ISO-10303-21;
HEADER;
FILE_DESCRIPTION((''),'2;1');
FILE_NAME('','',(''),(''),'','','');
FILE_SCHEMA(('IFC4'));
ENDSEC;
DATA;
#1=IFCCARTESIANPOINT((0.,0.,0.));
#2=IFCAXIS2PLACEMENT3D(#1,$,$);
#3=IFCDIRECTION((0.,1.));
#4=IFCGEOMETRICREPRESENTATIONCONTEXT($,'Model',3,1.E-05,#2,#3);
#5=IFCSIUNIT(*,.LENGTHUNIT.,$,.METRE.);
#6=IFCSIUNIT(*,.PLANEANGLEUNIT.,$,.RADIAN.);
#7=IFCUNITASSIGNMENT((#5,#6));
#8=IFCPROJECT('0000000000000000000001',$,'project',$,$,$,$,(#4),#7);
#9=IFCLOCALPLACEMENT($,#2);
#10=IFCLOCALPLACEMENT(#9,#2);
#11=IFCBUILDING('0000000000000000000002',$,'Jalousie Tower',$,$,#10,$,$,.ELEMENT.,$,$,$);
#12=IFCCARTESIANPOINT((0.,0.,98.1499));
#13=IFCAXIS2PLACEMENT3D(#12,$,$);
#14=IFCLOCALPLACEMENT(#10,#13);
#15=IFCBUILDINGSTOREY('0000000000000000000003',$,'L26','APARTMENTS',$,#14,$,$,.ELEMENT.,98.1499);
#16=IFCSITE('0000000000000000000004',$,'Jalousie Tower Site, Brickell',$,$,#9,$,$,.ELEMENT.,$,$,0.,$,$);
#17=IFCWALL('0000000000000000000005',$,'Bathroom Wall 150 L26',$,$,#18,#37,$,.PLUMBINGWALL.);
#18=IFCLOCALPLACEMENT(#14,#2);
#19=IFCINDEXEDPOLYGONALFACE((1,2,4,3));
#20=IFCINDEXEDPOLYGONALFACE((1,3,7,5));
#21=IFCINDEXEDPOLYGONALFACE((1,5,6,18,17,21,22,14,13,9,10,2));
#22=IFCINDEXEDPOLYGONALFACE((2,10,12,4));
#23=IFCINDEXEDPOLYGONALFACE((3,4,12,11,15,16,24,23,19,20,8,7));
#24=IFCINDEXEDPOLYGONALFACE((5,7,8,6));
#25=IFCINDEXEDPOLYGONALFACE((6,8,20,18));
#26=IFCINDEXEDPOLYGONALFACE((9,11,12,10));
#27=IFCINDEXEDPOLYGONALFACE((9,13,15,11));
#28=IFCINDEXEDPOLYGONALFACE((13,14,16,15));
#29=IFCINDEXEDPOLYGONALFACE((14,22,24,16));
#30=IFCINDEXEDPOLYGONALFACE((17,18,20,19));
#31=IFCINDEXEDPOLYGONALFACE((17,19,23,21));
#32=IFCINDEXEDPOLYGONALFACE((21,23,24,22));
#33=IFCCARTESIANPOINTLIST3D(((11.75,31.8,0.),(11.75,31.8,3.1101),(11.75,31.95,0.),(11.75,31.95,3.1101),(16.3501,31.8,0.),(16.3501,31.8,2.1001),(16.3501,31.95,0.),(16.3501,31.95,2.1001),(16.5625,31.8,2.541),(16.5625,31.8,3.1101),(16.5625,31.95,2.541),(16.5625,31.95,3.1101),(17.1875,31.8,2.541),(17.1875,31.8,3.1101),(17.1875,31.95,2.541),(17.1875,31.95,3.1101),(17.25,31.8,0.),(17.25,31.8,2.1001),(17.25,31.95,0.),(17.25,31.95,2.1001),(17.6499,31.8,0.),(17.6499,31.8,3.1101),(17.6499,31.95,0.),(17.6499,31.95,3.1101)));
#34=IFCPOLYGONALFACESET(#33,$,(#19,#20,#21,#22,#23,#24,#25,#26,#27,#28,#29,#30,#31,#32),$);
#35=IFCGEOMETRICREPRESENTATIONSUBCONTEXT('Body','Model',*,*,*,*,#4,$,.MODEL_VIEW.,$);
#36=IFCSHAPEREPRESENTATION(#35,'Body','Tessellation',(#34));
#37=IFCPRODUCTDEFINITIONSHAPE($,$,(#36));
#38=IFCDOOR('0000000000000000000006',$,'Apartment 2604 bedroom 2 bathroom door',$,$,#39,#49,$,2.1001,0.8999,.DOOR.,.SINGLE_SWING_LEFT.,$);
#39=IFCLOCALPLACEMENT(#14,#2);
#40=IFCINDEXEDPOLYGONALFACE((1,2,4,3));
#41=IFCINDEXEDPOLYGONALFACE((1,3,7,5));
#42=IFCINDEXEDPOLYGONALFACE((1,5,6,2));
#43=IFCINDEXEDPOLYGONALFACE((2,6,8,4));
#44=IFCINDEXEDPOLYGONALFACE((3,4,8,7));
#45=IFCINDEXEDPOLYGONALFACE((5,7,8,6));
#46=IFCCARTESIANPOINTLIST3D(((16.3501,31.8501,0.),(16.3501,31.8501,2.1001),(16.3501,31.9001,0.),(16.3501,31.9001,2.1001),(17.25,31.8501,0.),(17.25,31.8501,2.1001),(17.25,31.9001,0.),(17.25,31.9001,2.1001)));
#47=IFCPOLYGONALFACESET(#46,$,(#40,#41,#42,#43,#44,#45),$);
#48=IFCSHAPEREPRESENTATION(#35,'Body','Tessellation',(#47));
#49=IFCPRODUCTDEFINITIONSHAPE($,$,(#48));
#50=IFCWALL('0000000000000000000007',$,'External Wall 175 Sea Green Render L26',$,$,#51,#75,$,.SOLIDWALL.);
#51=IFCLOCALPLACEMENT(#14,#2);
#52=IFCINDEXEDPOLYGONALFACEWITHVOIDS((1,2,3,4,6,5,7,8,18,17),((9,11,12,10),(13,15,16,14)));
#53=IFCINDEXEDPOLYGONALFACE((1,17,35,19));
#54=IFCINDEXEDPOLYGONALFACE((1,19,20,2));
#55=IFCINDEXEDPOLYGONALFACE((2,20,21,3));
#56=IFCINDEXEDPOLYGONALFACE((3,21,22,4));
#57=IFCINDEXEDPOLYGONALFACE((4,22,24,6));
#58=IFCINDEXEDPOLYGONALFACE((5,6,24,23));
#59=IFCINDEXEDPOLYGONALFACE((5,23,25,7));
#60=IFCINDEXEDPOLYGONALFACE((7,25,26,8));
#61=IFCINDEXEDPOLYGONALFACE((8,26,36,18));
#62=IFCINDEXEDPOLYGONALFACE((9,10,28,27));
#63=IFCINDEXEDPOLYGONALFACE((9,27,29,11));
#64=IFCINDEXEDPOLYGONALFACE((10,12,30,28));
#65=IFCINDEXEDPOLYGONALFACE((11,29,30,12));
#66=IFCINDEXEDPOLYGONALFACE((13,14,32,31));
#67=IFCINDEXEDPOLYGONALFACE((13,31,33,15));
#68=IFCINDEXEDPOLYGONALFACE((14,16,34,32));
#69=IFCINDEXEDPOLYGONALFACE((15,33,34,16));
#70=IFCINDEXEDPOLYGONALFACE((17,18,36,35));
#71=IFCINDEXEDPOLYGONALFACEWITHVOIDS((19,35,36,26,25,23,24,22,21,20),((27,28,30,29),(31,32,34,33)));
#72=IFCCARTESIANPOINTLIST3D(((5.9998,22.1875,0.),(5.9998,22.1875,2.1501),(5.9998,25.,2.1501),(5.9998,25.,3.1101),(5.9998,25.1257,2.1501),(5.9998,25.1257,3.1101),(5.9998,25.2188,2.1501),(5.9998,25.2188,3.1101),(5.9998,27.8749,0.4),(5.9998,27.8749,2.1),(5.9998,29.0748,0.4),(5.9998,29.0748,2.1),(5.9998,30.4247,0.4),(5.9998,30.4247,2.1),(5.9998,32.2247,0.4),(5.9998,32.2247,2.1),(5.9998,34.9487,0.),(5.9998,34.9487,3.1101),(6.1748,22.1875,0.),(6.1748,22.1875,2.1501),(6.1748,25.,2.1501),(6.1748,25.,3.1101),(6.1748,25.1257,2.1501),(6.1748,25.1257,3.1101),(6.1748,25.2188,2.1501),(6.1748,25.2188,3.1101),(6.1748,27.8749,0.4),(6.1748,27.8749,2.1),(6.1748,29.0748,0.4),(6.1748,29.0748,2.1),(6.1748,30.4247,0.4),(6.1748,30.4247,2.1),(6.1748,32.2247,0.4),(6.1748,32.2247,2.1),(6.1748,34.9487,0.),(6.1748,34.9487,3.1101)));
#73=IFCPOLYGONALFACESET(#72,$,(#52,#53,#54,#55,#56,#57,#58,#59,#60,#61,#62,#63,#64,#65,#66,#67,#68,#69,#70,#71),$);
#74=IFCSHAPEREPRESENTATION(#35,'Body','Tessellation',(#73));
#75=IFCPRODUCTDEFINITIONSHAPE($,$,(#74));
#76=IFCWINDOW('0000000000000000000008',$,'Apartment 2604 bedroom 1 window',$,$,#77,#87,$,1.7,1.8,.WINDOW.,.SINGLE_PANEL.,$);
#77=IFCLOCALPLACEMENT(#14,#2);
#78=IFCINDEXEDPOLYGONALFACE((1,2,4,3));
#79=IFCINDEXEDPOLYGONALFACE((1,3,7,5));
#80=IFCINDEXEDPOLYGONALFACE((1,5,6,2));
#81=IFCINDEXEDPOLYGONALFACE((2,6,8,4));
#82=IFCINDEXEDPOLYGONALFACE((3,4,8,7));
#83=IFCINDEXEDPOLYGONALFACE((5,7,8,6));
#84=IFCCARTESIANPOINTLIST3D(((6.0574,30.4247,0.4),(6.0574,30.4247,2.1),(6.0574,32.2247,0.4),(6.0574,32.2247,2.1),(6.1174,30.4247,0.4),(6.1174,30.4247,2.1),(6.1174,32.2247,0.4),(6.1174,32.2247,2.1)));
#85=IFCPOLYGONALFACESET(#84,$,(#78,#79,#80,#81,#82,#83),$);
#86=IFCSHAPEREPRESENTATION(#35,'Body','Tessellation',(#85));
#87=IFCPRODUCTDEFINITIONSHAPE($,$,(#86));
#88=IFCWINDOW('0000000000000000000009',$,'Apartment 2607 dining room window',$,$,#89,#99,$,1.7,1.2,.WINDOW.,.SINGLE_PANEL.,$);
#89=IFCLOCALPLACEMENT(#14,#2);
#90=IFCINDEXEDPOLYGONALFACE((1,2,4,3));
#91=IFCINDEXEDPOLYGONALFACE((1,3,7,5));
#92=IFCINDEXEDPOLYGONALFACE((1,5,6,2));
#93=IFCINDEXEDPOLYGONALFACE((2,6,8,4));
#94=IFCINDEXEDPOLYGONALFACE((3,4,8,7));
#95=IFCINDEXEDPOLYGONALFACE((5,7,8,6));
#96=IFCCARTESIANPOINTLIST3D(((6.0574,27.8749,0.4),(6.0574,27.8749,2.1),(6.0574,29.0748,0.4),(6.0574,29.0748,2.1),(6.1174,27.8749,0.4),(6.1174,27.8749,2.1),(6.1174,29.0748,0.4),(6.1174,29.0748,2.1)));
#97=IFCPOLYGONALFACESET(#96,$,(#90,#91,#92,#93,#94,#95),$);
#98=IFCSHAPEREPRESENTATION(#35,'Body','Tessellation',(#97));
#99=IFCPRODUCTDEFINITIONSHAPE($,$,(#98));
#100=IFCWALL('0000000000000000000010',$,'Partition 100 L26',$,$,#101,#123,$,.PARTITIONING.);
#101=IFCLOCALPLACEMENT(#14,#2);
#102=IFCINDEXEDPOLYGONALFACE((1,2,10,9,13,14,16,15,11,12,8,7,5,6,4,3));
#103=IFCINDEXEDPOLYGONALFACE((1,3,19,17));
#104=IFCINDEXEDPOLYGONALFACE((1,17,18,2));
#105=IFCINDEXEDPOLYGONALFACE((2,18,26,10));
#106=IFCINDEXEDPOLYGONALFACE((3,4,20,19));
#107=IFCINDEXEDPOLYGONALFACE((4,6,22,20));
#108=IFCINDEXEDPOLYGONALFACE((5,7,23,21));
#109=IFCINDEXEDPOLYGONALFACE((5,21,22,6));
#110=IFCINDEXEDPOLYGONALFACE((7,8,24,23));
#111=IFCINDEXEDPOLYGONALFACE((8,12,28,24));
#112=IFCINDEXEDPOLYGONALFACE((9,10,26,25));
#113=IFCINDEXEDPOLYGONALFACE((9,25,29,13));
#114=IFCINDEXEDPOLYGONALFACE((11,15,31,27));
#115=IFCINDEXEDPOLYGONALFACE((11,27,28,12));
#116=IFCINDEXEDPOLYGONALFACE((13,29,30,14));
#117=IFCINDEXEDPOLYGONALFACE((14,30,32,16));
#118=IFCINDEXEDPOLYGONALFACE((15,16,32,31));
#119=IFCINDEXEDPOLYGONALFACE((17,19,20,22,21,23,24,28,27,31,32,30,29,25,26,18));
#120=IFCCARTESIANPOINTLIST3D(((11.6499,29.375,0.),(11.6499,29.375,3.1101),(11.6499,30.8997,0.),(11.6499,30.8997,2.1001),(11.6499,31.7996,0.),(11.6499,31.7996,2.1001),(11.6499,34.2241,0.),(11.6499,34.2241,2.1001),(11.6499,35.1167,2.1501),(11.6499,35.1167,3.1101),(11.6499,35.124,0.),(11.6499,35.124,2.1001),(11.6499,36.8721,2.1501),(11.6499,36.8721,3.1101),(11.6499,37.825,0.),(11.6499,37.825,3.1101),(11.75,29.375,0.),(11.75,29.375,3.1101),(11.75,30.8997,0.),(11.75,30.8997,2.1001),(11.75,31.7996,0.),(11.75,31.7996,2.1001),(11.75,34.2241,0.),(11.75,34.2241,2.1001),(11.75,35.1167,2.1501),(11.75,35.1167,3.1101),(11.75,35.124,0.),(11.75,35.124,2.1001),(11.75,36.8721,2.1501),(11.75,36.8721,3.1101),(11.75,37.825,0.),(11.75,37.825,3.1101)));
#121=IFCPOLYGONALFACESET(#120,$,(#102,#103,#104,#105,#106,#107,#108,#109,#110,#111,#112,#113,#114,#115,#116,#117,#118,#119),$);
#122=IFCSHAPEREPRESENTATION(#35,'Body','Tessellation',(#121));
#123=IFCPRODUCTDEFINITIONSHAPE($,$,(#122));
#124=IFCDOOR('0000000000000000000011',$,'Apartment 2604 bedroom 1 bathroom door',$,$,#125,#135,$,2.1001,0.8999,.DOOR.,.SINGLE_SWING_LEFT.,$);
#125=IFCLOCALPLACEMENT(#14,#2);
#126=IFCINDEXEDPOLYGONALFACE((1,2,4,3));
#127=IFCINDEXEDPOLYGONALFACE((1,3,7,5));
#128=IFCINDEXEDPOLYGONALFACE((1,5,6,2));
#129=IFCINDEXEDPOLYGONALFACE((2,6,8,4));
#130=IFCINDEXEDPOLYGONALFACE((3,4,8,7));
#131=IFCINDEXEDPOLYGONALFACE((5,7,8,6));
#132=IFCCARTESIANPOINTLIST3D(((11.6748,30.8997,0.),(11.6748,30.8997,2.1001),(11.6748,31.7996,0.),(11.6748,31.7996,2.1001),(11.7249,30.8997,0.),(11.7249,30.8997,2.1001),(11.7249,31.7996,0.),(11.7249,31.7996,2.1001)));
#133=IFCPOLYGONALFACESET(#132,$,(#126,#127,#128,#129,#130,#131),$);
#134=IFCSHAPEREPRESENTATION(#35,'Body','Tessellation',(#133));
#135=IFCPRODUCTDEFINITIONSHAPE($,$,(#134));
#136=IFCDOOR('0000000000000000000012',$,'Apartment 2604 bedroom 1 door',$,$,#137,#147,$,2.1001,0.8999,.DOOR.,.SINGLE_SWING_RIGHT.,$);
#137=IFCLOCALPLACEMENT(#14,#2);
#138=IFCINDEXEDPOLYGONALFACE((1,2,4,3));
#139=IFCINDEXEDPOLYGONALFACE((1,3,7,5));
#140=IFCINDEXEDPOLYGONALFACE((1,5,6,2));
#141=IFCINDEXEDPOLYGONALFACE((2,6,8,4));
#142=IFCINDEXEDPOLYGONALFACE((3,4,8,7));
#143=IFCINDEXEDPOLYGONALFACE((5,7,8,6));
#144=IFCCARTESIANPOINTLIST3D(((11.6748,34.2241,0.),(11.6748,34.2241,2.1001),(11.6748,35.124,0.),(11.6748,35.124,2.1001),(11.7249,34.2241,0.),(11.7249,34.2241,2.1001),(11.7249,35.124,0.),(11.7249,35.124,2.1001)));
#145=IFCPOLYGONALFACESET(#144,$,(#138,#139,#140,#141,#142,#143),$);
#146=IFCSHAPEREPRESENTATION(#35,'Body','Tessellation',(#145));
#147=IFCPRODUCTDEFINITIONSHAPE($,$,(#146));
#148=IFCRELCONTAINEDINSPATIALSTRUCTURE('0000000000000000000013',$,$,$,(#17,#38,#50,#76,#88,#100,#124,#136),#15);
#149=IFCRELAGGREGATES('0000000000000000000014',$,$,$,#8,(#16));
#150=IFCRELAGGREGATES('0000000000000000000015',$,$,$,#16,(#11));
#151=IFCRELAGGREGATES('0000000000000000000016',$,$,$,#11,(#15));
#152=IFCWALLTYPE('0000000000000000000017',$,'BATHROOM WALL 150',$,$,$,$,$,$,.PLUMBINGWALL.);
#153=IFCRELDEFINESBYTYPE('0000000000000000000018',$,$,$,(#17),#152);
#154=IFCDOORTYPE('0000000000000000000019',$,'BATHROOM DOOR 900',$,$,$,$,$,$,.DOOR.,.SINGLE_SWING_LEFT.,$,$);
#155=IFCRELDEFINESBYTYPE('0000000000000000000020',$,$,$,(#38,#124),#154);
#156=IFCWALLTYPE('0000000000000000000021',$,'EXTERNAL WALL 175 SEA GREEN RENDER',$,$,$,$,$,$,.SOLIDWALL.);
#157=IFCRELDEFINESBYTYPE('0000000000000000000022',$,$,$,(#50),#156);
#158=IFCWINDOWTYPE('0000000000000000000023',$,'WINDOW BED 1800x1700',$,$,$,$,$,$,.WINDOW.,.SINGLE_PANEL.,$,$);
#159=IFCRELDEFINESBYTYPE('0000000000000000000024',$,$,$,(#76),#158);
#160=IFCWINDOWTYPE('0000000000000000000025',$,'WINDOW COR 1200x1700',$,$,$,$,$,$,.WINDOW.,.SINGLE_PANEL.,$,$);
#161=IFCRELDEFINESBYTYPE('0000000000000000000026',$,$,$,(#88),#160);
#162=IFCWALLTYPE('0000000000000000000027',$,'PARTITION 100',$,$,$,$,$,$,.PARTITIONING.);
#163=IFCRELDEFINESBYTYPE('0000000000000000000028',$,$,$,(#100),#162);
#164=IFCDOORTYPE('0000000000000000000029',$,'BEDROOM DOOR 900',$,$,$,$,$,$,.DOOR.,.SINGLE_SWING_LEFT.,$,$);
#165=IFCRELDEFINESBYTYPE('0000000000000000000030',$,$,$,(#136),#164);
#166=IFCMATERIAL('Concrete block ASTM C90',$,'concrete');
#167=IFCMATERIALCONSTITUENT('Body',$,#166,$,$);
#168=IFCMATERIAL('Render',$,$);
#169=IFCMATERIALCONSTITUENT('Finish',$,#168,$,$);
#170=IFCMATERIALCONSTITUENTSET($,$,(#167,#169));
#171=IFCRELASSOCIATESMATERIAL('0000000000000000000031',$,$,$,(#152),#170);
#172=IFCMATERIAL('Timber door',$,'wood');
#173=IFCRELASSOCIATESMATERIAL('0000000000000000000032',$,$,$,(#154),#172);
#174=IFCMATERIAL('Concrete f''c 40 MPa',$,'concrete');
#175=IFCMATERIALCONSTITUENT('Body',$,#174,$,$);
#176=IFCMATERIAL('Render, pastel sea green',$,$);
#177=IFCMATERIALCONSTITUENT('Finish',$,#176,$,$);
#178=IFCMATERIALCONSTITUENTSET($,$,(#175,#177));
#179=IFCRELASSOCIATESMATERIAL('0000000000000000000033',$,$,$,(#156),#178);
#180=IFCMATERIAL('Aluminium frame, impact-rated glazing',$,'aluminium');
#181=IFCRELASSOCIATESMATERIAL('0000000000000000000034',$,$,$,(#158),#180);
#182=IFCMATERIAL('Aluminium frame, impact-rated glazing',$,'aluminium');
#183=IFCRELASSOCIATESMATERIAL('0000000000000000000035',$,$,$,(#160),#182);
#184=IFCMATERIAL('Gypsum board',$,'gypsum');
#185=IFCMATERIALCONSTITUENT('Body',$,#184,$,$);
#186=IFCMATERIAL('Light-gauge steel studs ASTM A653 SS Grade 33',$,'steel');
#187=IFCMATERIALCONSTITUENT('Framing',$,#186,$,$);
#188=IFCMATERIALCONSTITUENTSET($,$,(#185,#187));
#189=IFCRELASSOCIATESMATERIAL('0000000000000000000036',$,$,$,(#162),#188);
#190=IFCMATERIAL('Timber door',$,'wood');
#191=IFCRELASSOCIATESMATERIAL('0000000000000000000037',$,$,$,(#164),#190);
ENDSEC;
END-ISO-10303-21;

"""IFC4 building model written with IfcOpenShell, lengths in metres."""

from ifc_helpers import new_model, si_unit, direction, frame, frame_2d, origin, place, context, subcontext, project, spatial, polyline, rectangle, outline, extrude, material, constituent, constituent_set, type_object, element, fill, save


model = new_model("IFC4")

# Units and contexts
model_context = context("Model", 3, precision=1e-05, world=origin(), true_north=direction((0.0, 1.0)))
body_context = subcontext(model_context, "Body", "Model", "MODEL_VIEW")
ifc_project = project(units=[si_unit("LENGTHUNIT", "METRE"), si_unit("PLANEANGLEUNIT", "RADIAN")], contexts=[model_context])

# Site, building, storey
site_placement = place(None, origin())
site = spatial("IfcSite", under=ifc_project, at=site_placement, Name="Jalousie Tower Site, Brickell", CompositionType="ELEMENT", RefElevation=0.0)
building_placement = place(site_placement, origin())
building = spatial("IfcBuilding", under=site, at=building_placement, Name="Jalousie Tower", CompositionType="ELEMENT")
storey_placement = place(building_placement, frame((0.0, 0.0, 98.1499)))
storey = spatial("IfcBuildingStorey", under=building, at=storey_placement, Name="L26", Description="APARTMENTS", CompositionType="ELEMENT", Elevation=98.1499)

# Wall, opening, door
ifc_material_1 = material(Name="Concrete block ASTM C90", Category="concrete")
ifc_constituent_1 = constituent(ifc_material_1, Name="Body")
ifc_material_2 = material(Name="Render")
ifc_constituent_2 = constituent(ifc_material_2, Name="Finish")
ifc_constituent_set_1 = constituent_set(constituents=[ifc_constituent_1, ifc_constituent_2])
wall_type_1 = type_object("IfcWallType", Name="BATHROOM WALL 150", PredefinedType="PLUMBINGWALL", material=ifc_constituent_set_1)
wall_1_placement = place(storey_placement, frame((11.75, 31.875, 0.0), z_axis=(0.0, 0.0, 1.0), x_axis=(1.0, 0.0, 0.0)))
wall_1 = element("IfcWall", 1, at=wall_1_placement, inside=storey, type_object=wall_type_1, Name="Bathroom Wall 150 L26", PredefinedType="PLUMBINGWALL", context=body_context, shape_type="SweptSolid", body=[
    extrude(outline(polyline([(0.0, 0.0), (5.8999, 0.0), (5.8999, 3.1101), (5.4375, 3.1101), (5.4375, 2.541), (4.8125, 2.541), (4.8125, 3.1101), (0.0, 3.1101), (0.0, 0.0)])), frame((0.0, 0.075, 0.0), z_axis=(0.0, -1.0, 0.0), x_axis=(1.0, 0.0, 0.0)), (0.0, 0.0, 1.0), 0.1499),
])
opening_1_placement = place(wall_1_placement, frame((4.6001, 0.0, 0.0)))
opening_1 = element("IfcOpeningElement", 2, at=opening_1_placement, cuts=wall_1, PredefinedType="OPENING", context=body_context, shape_type="SweptSolid", body=[
    extrude(rectangle(XDim=0.8999, YDim=2.1001, at=frame_2d((0.45, 1.05))), frame((0.0, 0.085, 0.0), z_axis=(0.0, -1.0, 0.0), x_axis=(1.0, 0.0, 0.0)), (0.0, 0.0, 1.0), 0.1699),
])
ifc_material_3 = material(Name="Timber door", Category="wood")
door_type_1 = type_object("IfcDoorType", Name="BATHROOM DOOR 900", OperationType="SINGLE_SWING_LEFT", PredefinedType="DOOR", material=ifc_material_3)
door_1_placement = place(opening_1_placement, frame((0.8999, 0.0, 0.0), z_axis=(0.0, 0.0, 1.0), x_axis=(-1.0, 0.0, 0.0)))
door_1 = element("IfcDoor", 3, at=door_1_placement, inside=storey, type_object=door_type_1, Name="Apartment 2604 bedroom 2 bathroom door", OperationType="SINGLE_SWING_LEFT", OverallHeight=2.1001, OverallWidth=0.8999, PredefinedType="DOOR", context=body_context, shape_type="SweptSolid", body=[
    extrude(rectangle(XDim=0.8999, YDim=2.1001, at=frame_2d((0.45, 1.05))), frame((0.0, 0.0249, 0.0), z_axis=(0.0, -1.0, 0.0), x_axis=(1.0, 0.0, 0.0)), (0.0, 0.0, 1.0), 0.05),
])
fill(opening_1, door_1)

# Wall, openings, windows
ifc_material_4 = material(Name="Concrete f'c 40 MPa", Category="concrete")
ifc_constituent_3 = constituent(ifc_material_4, Name="Body")
ifc_material_5 = material(Name="Render, pastel sea green")
ifc_constituent_4 = constituent(ifc_material_5, Name="Finish")
ifc_constituent_set_2 = constituent_set(constituents=[ifc_constituent_3, ifc_constituent_4])
wall_type_2 = type_object("IfcWallType", Name="EXTERNAL WALL 175 SEA GREEN RENDER", PredefinedType="SOLIDWALL", material=ifc_constituent_set_2)
wall_2_placement = place(storey_placement, frame((6.0874, 34.9487, 0.0), z_axis=(0.0, 0.0, 1.0), x_axis=(0.0, -1.0, 0.0)))
wall_2 = element("IfcWall", 4, at=wall_2_placement, inside=storey, type_object=wall_type_2, Name="External Wall 175 Sea Green Render L26", PredefinedType="SOLIDWALL", context=body_context, shape_type="SweptSolid", body=[
    extrude(outline(polyline([(0.0, 0.0), (12.7612, 0.0), (12.7612, 2.1501), (9.9487, 2.1501), (9.9487, 3.1101), (9.823, 3.1101), (9.823, 2.1501), (9.73, 2.1501), (9.73, 3.1101), (0.0, 3.1101), (0.0, 0.0)])), frame((0.0, 0.0874, 0.0), z_axis=(0.0, -1.0, 0.0), x_axis=(1.0, 0.0, 0.0)), (0.0, 0.0, 1.0), 0.175),
])
opening_2_placement = place(wall_2_placement, frame((2.7241, 0.0, 0.3999)))
opening_2 = element("IfcOpeningElement", 5, at=opening_2_placement, cuts=wall_2, PredefinedType="OPENING", context=body_context, shape_type="SweptSolid", body=[
    extrude(rectangle(XDim=1.8, YDim=1.7, at=frame_2d((0.8999, 0.8501))), frame((0.0, 0.0974, 0.0), z_axis=(0.0, -1.0, 0.0), x_axis=(1.0, 0.0, 0.0)), (0.0, 0.0, 1.0), 0.1951),
])
opening_3_placement = place(wall_2_placement, frame((5.8738, 0.0, 0.3999)))
opening_3 = element("IfcOpeningElement", 6, at=opening_3_placement, cuts=wall_2, PredefinedType="OPENING", context=body_context, shape_type="SweptSolid", body=[
    extrude(rectangle(XDim=1.2, YDim=1.7, at=frame_2d((0.6001, 0.8501))), frame((0.0, 0.0974, 0.0), z_axis=(0.0, -1.0, 0.0), x_axis=(1.0, 0.0, 0.0)), (0.0, 0.0, 1.0), 0.1951),
])
ifc_material_6 = material(Name="Aluminium frame, impact-rated glazing", Category="aluminium")
window_type_1 = type_object("IfcWindowType", Name="WINDOW BED 1800x1700", PartitioningType="SINGLE_PANEL", PredefinedType="WINDOW", material=ifc_material_6)
window_1_placement = place(opening_2_placement, origin())
window_1 = element("IfcWindow", 7, at=window_1_placement, inside=storey, type_object=window_type_1, Name="Apartment 2604 bedroom 1 window", OverallHeight=1.7, OverallWidth=1.8, PartitioningType="SINGLE_PANEL", PredefinedType="WINDOW", context=body_context, shape_type="SweptSolid", body=[
    extrude(rectangle(XDim=1.8, YDim=1.7, at=frame_2d((0.8999, 0.8501))), frame((0.0, 0.03, 0.0), z_axis=(0.0, -1.0, 0.0), x_axis=(1.0, 0.0, 0.0)), (0.0, 0.0, 1.0), 0.0601),
])
fill(opening_2, window_1)
ifc_material_7 = material(Name="Aluminium frame, impact-rated glazing", Category="aluminium")
window_type_2 = type_object("IfcWindowType", Name="WINDOW COR 1200x1700", PartitioningType="SINGLE_PANEL", PredefinedType="WINDOW", material=ifc_material_7)
window_2_placement = place(opening_3_placement, origin())
window_2 = element("IfcWindow", 8, at=window_2_placement, inside=storey, type_object=window_type_2, Name="Apartment 2607 dining room window", OverallHeight=1.7, OverallWidth=1.2, PartitioningType="SINGLE_PANEL", PredefinedType="WINDOW", context=body_context, shape_type="SweptSolid", body=[
    extrude(rectangle(XDim=1.2, YDim=1.7, at=frame_2d((0.6001, 0.8501))), frame((0.0, 0.03, 0.0), z_axis=(0.0, -1.0, 0.0), x_axis=(1.0, 0.0, 0.0)), (0.0, 0.0, 1.0), 0.0601),
])
fill(opening_3, window_2)

# Wall, openings, doors
ifc_material_8 = material(Name="Gypsum board", Category="gypsum")
ifc_constituent_5 = constituent(ifc_material_8, Name="Body")
ifc_material_9 = material(Name="Light-gauge steel studs ASTM A653 SS Grade 33", Category="steel")
ifc_constituent_6 = constituent(ifc_material_9, Name="Framing")
ifc_constituent_set_3 = constituent_set(constituents=[ifc_constituent_5, ifc_constituent_6])
wall_type_3 = type_object("IfcWallType", Name="PARTITION 100", PredefinedType="PARTITIONING", material=ifc_constituent_set_3)
wall_3_placement = place(storey_placement, frame((11.7, 37.825, 0.0), z_axis=(0.0, 0.0, 1.0), x_axis=(0.0, -1.0, 0.0)))
wall_3 = element("IfcWall", 9, at=wall_3_placement, inside=storey, type_object=wall_type_3, Name="Partition 100 L26", PredefinedType="PARTITIONING", context=body_context, shape_type="SweptSolid", body=[
    extrude(outline(polyline([(0.0, 0.0), (8.45, 0.0), (8.45, 3.1101), (2.7083, 3.1101), (2.7083, 2.1501), (0.9529, 2.1501), (0.9529, 3.1101), (0.0, 3.1101), (0.0, 0.0)])), frame((0.0, 0.05, 0.0), z_axis=(0.0, -1.0, 0.0), x_axis=(1.0, 0.0, 0.0)), (0.0, 0.0, 1.0), 0.1001),
])
opening_4_placement = place(wall_3_placement, frame((2.7009, 0.0, 0.0)))
opening_4 = element("IfcOpeningElement", 10, at=opening_4_placement, cuts=wall_3, PredefinedType="OPENING", context=body_context, shape_type="SweptSolid", body=[
    extrude(rectangle(XDim=0.8999, YDim=2.1001, at=frame_2d((0.45, 1.05))), frame((0.0, 0.0601, 0.0), z_axis=(0.0, -1.0, 0.0), x_axis=(1.0, 0.0, 0.0)), (0.0, 0.0, 1.0), 0.1201),
])
opening_5_placement = place(wall_3_placement, frame((6.0254, 0.0, 0.0)))
opening_5 = element("IfcOpeningElement", 11, at=opening_5_placement, cuts=wall_3, PredefinedType="OPENING", context=body_context, shape_type="SweptSolid", body=[
    extrude(rectangle(XDim=0.8999, YDim=2.1001, at=frame_2d((0.45, 1.05))), frame((0.0, 0.0601, 0.0), z_axis=(0.0, -1.0, 0.0), x_axis=(1.0, 0.0, 0.0)), (0.0, 0.0, 1.0), 0.1201),
])
door_2_placement = place(opening_5_placement, origin())
door_2 = element("IfcDoor", 12, at=door_2_placement, inside=storey, type_object=door_type_1, Name="Apartment 2604 bedroom 1 bathroom door", OperationType="SINGLE_SWING_LEFT", OverallHeight=2.1001, OverallWidth=0.8999, PredefinedType="DOOR", context=body_context, shape_type="SweptSolid", body=[
    extrude(rectangle(XDim=0.8999, YDim=2.1001, at=frame_2d((0.45, 1.05))), frame((0.0, 0.0249, 0.0), z_axis=(0.0, -1.0, 0.0), x_axis=(1.0, 0.0, 0.0)), (0.0, 0.0, 1.0), 0.05),
])
fill(opening_5, door_2)
ifc_material_10 = material(Name="Timber door", Category="wood")
door_type_2 = type_object("IfcDoorType", Name="BEDROOM DOOR 900", OperationType="SINGLE_SWING_LEFT", PredefinedType="DOOR", material=ifc_material_10)
door_3_placement = place(opening_4_placement, origin())
door_3 = element("IfcDoor", 13, at=door_3_placement, inside=storey, type_object=door_type_2, Name="Apartment 2604 bedroom 1 door", OperationType="SINGLE_SWING_RIGHT", OverallHeight=2.1001, OverallWidth=0.8999, PredefinedType="DOOR", context=body_context, shape_type="SweptSolid", body=[
    extrude(rectangle(XDim=0.8999, YDim=2.1001, at=frame_2d((0.45, 1.05))), frame((0.0, 0.0249, 0.0), z_axis=(0.0, -1.0, 0.0), x_axis=(1.0, 0.0, 0.0)), (0.0, 0.0, 1.0), 0.05),
])
fill(opening_4, door_3)

save(model, "model.ifc")
